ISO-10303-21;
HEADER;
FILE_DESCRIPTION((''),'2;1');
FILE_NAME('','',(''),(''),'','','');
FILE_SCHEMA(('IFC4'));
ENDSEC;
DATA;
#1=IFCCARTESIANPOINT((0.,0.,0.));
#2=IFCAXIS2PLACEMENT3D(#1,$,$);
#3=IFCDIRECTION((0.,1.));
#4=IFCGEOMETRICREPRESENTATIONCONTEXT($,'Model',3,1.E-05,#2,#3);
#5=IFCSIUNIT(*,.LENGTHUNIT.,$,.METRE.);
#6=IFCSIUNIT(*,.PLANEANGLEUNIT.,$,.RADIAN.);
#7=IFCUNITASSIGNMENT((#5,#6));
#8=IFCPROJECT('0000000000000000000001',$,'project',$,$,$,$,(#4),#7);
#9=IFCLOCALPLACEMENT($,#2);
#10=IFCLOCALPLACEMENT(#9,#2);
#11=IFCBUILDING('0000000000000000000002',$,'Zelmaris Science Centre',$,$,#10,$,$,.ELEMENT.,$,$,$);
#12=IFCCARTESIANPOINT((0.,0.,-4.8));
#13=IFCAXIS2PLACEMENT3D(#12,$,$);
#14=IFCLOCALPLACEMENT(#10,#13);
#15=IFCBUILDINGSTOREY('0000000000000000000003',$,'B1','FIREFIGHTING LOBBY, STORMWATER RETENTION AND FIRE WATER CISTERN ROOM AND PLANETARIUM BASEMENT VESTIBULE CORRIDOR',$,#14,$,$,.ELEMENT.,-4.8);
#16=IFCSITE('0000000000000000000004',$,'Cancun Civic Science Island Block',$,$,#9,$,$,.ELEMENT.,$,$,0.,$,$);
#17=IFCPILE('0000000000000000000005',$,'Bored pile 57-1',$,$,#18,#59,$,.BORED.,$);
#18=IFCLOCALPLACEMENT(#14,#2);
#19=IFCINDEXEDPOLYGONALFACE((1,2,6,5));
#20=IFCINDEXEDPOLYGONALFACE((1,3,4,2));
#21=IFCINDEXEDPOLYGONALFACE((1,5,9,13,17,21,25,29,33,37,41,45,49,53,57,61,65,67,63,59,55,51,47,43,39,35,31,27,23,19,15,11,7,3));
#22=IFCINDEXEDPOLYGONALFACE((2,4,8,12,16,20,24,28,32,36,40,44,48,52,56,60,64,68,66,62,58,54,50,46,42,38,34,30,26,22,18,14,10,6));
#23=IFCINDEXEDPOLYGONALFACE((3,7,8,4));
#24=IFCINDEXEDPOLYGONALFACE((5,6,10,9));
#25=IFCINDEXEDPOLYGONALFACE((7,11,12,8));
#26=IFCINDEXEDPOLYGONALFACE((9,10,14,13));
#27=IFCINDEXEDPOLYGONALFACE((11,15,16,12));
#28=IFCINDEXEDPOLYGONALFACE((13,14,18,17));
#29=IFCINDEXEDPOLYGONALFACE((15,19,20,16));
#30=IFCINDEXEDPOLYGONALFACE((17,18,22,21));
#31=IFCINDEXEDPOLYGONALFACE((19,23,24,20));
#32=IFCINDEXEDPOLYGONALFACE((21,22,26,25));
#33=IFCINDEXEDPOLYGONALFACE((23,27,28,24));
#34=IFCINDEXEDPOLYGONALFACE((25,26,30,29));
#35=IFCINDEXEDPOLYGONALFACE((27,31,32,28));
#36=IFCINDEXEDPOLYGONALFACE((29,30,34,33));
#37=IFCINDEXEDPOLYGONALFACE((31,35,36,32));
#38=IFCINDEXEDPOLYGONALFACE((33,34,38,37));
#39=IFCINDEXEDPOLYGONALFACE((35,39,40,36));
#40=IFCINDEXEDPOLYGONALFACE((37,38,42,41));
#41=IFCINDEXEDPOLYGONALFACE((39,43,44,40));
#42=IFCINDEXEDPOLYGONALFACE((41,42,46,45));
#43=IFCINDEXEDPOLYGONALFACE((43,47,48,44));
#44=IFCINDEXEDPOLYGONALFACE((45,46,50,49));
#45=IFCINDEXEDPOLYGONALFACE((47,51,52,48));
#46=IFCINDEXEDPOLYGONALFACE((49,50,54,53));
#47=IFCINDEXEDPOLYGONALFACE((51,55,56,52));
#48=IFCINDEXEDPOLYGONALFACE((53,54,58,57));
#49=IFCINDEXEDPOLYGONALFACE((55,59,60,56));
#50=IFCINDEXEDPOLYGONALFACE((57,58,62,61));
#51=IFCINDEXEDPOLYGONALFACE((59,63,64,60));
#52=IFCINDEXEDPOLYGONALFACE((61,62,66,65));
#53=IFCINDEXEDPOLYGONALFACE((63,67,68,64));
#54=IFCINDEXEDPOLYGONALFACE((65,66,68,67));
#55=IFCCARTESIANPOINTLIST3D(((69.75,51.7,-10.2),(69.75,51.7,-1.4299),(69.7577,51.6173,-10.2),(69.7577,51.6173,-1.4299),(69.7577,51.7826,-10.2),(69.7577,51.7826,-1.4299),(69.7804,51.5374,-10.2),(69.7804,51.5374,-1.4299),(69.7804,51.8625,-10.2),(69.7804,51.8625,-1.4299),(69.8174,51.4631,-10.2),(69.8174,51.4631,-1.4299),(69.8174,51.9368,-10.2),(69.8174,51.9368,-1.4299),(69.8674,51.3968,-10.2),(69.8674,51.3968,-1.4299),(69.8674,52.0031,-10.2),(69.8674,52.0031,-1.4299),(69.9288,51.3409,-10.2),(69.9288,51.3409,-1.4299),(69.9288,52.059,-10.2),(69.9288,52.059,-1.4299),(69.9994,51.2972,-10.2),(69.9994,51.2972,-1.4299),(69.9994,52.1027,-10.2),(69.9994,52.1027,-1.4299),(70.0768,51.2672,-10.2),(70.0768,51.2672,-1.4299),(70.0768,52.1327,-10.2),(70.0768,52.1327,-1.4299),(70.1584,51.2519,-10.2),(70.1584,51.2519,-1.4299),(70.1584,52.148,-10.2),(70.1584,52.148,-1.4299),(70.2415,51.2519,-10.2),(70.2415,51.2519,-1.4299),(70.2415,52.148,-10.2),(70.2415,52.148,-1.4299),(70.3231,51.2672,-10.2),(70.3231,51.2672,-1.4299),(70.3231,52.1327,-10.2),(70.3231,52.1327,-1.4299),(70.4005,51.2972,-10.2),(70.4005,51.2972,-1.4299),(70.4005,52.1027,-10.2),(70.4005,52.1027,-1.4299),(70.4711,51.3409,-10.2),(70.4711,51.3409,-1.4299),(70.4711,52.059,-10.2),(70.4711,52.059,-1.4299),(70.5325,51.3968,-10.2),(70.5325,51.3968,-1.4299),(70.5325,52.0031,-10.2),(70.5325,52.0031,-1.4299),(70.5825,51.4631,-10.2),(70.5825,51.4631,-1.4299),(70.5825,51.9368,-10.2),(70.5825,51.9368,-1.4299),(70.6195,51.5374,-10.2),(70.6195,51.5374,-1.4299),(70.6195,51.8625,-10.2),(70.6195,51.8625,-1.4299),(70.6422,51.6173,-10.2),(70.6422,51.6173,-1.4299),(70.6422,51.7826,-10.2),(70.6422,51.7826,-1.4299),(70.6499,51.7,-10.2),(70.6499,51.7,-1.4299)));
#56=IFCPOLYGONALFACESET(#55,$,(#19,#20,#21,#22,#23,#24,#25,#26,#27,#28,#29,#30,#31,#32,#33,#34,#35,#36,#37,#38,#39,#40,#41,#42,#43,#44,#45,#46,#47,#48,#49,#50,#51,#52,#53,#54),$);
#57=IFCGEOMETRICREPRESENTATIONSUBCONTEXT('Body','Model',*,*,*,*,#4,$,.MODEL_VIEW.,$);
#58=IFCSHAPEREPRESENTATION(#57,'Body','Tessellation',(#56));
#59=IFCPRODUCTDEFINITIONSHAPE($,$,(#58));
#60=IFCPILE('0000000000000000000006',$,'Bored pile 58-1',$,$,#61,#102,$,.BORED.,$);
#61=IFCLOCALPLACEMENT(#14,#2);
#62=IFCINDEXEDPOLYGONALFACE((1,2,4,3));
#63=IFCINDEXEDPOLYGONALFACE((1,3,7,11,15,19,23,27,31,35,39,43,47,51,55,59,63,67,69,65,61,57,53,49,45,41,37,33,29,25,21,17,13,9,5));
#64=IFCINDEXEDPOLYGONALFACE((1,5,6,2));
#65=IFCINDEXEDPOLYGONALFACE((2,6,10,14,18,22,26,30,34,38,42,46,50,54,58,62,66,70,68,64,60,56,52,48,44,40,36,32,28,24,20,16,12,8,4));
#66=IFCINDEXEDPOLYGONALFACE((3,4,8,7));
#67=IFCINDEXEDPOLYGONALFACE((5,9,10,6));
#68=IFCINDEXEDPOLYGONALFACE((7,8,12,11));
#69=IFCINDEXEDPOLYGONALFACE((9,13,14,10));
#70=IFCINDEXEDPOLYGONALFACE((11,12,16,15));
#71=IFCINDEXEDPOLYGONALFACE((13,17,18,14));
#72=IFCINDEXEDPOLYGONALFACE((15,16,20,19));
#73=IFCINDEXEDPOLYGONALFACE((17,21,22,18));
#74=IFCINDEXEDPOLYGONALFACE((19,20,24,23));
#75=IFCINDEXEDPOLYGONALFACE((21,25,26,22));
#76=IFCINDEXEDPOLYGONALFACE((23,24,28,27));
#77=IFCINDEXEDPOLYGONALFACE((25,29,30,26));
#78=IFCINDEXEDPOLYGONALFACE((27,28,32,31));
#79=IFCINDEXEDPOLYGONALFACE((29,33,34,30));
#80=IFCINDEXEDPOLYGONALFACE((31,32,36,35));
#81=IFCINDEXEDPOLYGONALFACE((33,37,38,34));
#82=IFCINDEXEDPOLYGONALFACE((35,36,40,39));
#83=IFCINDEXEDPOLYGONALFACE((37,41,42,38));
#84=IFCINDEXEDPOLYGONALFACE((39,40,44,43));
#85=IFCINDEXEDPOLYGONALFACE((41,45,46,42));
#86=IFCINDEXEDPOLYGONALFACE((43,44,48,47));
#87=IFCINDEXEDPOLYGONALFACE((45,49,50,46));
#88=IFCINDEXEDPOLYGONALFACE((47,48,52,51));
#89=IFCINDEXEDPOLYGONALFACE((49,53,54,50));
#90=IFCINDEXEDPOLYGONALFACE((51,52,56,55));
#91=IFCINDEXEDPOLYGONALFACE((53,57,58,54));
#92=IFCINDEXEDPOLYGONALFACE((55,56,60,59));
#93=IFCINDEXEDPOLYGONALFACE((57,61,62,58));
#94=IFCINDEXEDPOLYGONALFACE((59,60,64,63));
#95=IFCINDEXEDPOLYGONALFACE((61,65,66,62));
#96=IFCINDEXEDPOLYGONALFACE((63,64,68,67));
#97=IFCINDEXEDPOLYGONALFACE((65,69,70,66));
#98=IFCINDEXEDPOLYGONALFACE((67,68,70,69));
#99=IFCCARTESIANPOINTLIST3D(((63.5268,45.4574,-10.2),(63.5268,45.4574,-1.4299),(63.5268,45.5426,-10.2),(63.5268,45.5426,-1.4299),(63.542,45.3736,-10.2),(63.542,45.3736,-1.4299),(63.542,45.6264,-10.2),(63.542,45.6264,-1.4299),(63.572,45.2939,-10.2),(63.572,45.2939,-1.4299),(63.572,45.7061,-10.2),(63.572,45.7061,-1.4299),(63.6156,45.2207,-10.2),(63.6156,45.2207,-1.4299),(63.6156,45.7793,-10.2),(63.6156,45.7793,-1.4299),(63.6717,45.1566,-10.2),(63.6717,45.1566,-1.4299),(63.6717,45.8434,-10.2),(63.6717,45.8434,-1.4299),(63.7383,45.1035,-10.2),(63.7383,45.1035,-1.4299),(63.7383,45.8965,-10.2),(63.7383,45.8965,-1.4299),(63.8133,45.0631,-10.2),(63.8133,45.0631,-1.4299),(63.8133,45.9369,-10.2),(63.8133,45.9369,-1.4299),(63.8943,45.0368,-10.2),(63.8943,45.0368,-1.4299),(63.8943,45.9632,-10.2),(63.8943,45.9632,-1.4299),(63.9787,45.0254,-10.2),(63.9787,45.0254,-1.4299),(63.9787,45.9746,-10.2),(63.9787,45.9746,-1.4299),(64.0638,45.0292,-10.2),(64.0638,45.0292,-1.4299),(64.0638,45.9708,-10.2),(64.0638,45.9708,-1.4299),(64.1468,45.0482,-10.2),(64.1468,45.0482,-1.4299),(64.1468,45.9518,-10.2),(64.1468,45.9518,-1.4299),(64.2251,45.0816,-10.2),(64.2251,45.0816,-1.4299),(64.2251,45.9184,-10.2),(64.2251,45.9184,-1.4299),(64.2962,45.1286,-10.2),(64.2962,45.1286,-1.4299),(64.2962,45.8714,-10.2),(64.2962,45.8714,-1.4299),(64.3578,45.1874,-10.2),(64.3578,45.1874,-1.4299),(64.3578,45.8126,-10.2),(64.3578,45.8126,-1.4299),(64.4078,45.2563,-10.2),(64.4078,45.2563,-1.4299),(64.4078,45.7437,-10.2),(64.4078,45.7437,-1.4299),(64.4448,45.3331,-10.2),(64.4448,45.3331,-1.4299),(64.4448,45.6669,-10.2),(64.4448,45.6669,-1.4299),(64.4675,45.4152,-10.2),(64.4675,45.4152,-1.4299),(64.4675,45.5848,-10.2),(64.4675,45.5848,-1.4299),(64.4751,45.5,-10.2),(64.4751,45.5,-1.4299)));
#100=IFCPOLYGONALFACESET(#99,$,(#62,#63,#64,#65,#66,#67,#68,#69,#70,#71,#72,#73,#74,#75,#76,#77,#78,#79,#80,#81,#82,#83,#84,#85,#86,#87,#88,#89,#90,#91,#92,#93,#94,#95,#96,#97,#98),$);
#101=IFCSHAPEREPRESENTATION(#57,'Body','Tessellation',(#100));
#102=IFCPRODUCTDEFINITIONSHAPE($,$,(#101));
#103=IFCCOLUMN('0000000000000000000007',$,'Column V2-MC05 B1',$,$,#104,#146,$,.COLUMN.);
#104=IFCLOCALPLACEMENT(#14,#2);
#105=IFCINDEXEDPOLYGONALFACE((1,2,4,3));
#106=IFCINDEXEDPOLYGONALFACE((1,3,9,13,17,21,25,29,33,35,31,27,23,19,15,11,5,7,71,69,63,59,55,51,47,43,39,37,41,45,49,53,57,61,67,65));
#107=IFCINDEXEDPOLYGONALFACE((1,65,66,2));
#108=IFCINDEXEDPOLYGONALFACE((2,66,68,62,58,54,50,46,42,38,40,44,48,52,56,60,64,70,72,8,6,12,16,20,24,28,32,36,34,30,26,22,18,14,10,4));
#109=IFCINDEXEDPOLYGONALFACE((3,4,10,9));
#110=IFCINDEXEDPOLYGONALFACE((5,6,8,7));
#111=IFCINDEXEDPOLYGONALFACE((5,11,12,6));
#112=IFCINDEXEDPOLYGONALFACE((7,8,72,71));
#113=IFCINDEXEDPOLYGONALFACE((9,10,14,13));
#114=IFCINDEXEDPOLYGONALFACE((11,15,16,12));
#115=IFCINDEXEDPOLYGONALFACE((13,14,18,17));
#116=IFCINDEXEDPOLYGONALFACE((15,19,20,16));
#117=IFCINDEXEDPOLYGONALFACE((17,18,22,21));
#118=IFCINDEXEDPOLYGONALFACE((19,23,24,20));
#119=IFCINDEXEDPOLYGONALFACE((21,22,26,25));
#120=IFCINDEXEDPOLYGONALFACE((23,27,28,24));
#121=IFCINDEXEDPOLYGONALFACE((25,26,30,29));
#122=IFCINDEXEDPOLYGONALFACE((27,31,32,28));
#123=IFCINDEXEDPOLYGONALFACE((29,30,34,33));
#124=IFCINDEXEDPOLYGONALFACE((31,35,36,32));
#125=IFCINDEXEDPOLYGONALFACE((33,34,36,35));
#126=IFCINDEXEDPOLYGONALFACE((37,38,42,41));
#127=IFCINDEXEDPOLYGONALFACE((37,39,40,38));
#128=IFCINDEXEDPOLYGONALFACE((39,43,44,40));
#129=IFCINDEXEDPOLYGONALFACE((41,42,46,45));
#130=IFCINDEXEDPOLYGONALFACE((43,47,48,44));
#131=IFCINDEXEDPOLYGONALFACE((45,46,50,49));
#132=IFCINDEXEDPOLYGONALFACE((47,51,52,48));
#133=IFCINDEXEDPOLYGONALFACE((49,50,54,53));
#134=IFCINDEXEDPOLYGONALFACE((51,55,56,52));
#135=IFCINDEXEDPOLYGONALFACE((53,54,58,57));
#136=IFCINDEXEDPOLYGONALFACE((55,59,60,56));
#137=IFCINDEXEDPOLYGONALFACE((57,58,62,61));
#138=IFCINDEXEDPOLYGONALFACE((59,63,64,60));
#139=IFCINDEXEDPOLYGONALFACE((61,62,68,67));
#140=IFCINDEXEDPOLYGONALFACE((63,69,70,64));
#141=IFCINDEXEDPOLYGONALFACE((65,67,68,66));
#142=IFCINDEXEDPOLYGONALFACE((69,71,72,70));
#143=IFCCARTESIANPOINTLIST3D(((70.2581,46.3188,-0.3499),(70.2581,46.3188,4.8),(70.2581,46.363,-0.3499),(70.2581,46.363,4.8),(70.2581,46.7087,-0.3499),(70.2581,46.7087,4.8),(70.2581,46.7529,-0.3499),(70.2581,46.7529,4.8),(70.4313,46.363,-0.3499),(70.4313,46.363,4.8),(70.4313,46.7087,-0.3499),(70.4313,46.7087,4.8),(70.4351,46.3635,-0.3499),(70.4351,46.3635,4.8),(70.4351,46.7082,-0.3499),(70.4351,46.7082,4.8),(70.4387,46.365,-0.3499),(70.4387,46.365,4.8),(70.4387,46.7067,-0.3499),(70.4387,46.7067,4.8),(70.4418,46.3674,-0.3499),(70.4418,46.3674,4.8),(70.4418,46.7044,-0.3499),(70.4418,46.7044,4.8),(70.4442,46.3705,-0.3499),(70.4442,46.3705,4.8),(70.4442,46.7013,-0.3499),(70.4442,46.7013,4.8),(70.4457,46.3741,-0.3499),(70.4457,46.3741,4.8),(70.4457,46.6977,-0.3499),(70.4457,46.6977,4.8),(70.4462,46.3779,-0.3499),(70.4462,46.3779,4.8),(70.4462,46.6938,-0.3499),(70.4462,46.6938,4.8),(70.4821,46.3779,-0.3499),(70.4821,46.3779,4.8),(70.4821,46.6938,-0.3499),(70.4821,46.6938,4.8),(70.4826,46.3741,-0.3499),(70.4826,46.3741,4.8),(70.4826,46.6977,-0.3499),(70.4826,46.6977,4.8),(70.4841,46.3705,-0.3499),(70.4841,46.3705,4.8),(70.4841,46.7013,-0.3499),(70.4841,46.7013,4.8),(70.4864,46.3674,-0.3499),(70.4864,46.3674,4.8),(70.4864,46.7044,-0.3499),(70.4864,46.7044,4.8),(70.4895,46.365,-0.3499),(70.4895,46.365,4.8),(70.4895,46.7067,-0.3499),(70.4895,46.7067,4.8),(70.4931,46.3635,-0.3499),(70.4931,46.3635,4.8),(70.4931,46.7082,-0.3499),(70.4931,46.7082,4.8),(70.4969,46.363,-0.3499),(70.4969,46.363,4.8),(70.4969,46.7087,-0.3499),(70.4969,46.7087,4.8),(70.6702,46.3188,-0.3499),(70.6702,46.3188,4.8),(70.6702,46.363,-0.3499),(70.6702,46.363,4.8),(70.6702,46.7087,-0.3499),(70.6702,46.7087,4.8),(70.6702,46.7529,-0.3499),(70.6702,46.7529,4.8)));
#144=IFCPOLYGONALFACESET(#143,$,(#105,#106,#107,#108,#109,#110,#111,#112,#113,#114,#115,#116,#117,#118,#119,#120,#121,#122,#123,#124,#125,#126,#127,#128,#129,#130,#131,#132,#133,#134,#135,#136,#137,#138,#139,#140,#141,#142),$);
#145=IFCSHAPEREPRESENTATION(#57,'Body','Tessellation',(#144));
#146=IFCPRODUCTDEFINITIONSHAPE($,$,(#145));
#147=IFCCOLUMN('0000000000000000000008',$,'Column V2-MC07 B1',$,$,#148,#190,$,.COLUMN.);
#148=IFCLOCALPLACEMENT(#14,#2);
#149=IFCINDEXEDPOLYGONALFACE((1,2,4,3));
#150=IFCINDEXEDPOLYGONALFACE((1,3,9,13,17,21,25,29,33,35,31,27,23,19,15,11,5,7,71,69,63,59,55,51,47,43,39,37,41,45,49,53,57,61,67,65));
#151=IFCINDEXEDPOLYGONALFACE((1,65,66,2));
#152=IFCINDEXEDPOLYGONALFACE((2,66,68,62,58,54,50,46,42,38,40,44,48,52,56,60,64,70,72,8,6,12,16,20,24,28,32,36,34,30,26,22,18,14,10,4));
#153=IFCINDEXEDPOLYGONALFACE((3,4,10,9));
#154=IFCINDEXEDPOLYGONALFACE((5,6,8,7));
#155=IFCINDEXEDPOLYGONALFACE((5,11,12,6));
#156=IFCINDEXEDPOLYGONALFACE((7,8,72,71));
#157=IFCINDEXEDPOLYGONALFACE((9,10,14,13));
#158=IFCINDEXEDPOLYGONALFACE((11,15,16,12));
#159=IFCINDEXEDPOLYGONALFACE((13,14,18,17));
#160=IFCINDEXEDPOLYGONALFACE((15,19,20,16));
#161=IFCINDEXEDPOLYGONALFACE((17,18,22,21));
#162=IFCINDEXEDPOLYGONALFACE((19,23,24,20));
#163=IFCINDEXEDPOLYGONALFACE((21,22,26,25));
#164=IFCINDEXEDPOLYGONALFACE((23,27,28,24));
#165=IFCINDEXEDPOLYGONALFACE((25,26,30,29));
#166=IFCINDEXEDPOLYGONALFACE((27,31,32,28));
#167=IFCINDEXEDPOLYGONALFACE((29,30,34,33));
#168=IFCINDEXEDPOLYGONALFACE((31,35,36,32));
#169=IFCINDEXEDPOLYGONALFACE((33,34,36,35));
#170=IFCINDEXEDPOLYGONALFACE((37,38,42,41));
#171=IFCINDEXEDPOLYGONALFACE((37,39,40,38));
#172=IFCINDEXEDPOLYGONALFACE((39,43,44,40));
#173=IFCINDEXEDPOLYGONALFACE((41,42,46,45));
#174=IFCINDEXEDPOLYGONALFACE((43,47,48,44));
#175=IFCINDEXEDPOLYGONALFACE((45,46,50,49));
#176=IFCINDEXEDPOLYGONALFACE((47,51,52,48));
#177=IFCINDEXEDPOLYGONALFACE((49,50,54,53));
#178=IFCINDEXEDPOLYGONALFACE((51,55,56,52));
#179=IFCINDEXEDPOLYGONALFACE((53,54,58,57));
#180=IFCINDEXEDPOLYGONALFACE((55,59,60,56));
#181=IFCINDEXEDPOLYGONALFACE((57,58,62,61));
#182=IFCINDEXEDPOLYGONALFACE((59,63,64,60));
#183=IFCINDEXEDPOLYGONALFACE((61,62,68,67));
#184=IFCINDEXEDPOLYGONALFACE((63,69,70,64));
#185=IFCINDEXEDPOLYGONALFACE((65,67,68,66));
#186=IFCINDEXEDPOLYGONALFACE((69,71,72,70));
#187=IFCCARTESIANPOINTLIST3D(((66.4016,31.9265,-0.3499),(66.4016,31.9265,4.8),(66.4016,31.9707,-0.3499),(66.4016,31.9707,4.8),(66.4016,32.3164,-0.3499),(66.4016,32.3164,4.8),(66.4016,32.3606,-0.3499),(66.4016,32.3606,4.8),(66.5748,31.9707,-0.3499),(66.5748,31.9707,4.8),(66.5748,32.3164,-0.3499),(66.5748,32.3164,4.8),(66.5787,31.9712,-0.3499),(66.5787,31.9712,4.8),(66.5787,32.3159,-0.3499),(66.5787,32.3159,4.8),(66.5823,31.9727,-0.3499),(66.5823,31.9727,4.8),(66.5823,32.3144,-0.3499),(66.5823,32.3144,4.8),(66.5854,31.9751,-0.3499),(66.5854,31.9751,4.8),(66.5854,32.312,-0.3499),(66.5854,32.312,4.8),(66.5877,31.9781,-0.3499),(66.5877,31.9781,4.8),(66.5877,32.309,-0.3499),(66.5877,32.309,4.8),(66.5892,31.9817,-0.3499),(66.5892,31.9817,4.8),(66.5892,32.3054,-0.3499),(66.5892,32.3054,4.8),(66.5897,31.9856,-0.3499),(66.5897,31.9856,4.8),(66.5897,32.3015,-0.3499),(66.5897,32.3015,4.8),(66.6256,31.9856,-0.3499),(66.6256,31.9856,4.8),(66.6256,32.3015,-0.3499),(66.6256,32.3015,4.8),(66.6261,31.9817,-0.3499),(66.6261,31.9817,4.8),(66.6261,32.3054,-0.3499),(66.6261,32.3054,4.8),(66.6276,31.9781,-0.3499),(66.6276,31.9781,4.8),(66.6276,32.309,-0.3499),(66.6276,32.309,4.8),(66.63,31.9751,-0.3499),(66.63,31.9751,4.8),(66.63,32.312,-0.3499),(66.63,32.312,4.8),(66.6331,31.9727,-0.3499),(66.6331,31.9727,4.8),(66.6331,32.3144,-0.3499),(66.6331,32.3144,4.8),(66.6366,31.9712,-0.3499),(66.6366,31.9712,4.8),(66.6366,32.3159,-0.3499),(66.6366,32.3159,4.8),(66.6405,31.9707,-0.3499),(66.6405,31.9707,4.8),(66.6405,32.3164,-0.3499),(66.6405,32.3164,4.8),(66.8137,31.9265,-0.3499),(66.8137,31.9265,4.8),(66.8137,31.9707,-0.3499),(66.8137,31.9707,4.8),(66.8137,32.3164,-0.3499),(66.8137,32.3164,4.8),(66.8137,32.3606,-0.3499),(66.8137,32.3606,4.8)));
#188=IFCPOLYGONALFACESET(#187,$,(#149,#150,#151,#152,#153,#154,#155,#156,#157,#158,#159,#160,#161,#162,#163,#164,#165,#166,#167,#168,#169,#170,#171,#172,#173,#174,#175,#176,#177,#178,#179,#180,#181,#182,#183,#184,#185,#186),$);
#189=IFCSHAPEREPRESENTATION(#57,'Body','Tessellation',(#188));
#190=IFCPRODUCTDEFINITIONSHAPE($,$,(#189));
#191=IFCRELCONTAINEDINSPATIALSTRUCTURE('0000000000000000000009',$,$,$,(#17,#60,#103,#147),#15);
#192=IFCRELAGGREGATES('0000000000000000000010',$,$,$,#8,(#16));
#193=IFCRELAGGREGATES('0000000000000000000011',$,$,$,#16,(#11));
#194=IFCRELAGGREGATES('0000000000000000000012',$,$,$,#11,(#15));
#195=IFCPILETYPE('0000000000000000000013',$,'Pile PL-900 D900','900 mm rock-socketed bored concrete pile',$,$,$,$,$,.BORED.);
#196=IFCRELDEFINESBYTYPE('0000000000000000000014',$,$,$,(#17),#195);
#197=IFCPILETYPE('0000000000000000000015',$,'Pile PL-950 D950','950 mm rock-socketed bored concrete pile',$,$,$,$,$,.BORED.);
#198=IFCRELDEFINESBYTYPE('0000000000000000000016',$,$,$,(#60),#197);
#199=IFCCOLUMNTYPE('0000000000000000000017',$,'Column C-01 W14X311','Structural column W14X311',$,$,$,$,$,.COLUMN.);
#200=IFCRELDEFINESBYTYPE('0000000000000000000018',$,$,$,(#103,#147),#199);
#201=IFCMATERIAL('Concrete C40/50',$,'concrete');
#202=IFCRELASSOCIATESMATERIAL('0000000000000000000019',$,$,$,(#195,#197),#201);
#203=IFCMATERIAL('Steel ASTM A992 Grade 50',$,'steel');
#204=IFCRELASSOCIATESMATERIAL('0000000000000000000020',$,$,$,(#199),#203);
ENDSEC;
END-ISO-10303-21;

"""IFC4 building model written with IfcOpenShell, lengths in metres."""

from ifc_helpers import new_model, si_unit, direction, frame, origin, origin_2d, place, context, subcontext, project, spatial, circle, i_section, extrude, material, material_profile, profile_set, type_object, element, save


model = new_model("IFC4")

# Units and contexts
model_context = context("Model", 3, precision=1e-05, world=origin(), true_north=direction((0.0, 1.0)))
body_context = subcontext(model_context, "Body", "Model", "MODEL_VIEW")
ifc_project = project(units=[si_unit("LENGTHUNIT", "METRE"), si_unit("PLANEANGLEUNIT", "RADIAN")], contexts=[model_context])

# Site, building, storey
site_placement = place(None, origin())
site = spatial("IfcSite", under=ifc_project, at=site_placement, Name="Cancun Civic Science Island Block", CompositionType="ELEMENT", RefElevation=0.0)
building_placement = place(site_placement, origin())
building = spatial("IfcBuilding", under=site, at=building_placement, Name="Zelmaris Science Centre", CompositionType="ELEMENT")
storey_placement = place(building_placement, frame((0.0, 0.0, -4.8)))
storey = spatial("IfcBuildingStorey", under=building, at=storey_placement, Name="B1", Description="FIREFIGHTING LOBBY, STORMWATER RETENTION AND FIRE WATER CISTERN ROOM AND PLANETARIUM BASEMENT VESTIBULE CORRIDOR", CompositionType="ELEMENT", Elevation=-4.8)

# Shared definitions
ifc_material_1 = material(Name="Concrete C40/50", Category="concrete")

# Piles
ifc_material_profile_1 = material_profile(ifc_material_1, circle(Radius=0.45, at=origin_2d()), Name="PILE-900")
ifc_profile_set_1 = profile_set([ifc_material_profile_1], Name="Concrete C40/50")
pile_type_1 = type_object("IfcPileType", Name="Pile PL-900 D900", Description="900 mm rock-socketed bored concrete pile", PredefinedType="BORED", material=ifc_profile_set_1)
pile_1_placement = place(storey_placement, frame((70.2, 51.7, -1.4299), z_axis=(0.0, 0.0, -1.0), x_axis=(1.0, 0.0, 0.0)))
element("IfcPile", 1, at=pile_1_placement, inside=storey, type_object=pile_type_1, Name="Bored pile 57-1", PredefinedType="BORED", context=body_context, shape_type="SweptSolid", body=[
    extrude(circle(Radius=0.45, at=origin_2d()), origin(), (0.0, 0.0, 1.0), 8.77),
])
ifc_material_profile_2 = material_profile(ifc_material_1, circle(Radius=0.4751, at=origin_2d()), Name="PILE-950")
ifc_profile_set_2 = profile_set([ifc_material_profile_2], Name="Concrete C40/50")
pile_type_2 = type_object("IfcPileType", Name="Pile PL-950 D950", Description="950 mm rock-socketed bored concrete pile", PredefinedType="BORED", material=ifc_profile_set_2)
pile_2_placement = place(storey_placement, frame((64.0, 45.5, -1.4299), z_axis=(0.0, 0.0, -1.0), x_axis=(1.0, 0.0, 0.0)))
element("IfcPile", 2, at=pile_2_placement, inside=storey, type_object=pile_type_2, Name="Bored pile 58-1", PredefinedType="BORED", context=body_context, shape_type="SweptSolid", body=[
    extrude(circle(Radius=0.4751, at=origin_2d()), origin(), (0.0, 0.0, 1.0), 8.77),
])

# Columns
ifc_material_2 = material(Name="Steel ASTM A992 Grade 50", Category="steel")
ifc_material_profile_3 = material_profile(ifc_material_2, i_section(OverallWidth=0.4121, OverallDepth=0.4341, WebThickness=0.0359, FlangeThickness=0.0442, FilletRadius=0.0149, at=origin_2d()), Name="W14X311")
ifc_profile_set_3 = profile_set([ifc_material_profile_3], Name="Steel ASTM A992 Grade 50")
column_type_1 = type_object("IfcColumnType", Name="Column C-01 W14X311", Description="Structural column W14X311", PredefinedType="COLUMN", material=ifc_profile_set_3)
for number, where, z_axis, x_axis, name in (
    (3, (70.4641, 46.5359, -0.3499), (0.0, 0.0, 1.0), (1.0, 0.0, 0.0), "Column V2-MC05 B1"),
    (4, (66.6077, 32.1436, -0.3499), (0.0, 0.0, 1.0), (1.0, 0.0, 0.0), "Column V2-MC07 B1"),
):
    element("IfcColumn", number, at=place(storey_placement, frame(where, z_axis=z_axis, x_axis=x_axis)), inside=storey, type_object=column_type_1, Name=name, PredefinedType="COLUMN", context=body_context, shape_type="SweptSolid", body=[
        extrude(i_section(OverallWidth=0.4121, OverallDepth=0.4341, WebThickness=0.0359, FlangeThickness=0.0442, FilletRadius=0.0149, at=origin_2d()), origin(), (0.0, 0.0, 1.0), 5.1499),
    ])

save(model, "model.ifc")
